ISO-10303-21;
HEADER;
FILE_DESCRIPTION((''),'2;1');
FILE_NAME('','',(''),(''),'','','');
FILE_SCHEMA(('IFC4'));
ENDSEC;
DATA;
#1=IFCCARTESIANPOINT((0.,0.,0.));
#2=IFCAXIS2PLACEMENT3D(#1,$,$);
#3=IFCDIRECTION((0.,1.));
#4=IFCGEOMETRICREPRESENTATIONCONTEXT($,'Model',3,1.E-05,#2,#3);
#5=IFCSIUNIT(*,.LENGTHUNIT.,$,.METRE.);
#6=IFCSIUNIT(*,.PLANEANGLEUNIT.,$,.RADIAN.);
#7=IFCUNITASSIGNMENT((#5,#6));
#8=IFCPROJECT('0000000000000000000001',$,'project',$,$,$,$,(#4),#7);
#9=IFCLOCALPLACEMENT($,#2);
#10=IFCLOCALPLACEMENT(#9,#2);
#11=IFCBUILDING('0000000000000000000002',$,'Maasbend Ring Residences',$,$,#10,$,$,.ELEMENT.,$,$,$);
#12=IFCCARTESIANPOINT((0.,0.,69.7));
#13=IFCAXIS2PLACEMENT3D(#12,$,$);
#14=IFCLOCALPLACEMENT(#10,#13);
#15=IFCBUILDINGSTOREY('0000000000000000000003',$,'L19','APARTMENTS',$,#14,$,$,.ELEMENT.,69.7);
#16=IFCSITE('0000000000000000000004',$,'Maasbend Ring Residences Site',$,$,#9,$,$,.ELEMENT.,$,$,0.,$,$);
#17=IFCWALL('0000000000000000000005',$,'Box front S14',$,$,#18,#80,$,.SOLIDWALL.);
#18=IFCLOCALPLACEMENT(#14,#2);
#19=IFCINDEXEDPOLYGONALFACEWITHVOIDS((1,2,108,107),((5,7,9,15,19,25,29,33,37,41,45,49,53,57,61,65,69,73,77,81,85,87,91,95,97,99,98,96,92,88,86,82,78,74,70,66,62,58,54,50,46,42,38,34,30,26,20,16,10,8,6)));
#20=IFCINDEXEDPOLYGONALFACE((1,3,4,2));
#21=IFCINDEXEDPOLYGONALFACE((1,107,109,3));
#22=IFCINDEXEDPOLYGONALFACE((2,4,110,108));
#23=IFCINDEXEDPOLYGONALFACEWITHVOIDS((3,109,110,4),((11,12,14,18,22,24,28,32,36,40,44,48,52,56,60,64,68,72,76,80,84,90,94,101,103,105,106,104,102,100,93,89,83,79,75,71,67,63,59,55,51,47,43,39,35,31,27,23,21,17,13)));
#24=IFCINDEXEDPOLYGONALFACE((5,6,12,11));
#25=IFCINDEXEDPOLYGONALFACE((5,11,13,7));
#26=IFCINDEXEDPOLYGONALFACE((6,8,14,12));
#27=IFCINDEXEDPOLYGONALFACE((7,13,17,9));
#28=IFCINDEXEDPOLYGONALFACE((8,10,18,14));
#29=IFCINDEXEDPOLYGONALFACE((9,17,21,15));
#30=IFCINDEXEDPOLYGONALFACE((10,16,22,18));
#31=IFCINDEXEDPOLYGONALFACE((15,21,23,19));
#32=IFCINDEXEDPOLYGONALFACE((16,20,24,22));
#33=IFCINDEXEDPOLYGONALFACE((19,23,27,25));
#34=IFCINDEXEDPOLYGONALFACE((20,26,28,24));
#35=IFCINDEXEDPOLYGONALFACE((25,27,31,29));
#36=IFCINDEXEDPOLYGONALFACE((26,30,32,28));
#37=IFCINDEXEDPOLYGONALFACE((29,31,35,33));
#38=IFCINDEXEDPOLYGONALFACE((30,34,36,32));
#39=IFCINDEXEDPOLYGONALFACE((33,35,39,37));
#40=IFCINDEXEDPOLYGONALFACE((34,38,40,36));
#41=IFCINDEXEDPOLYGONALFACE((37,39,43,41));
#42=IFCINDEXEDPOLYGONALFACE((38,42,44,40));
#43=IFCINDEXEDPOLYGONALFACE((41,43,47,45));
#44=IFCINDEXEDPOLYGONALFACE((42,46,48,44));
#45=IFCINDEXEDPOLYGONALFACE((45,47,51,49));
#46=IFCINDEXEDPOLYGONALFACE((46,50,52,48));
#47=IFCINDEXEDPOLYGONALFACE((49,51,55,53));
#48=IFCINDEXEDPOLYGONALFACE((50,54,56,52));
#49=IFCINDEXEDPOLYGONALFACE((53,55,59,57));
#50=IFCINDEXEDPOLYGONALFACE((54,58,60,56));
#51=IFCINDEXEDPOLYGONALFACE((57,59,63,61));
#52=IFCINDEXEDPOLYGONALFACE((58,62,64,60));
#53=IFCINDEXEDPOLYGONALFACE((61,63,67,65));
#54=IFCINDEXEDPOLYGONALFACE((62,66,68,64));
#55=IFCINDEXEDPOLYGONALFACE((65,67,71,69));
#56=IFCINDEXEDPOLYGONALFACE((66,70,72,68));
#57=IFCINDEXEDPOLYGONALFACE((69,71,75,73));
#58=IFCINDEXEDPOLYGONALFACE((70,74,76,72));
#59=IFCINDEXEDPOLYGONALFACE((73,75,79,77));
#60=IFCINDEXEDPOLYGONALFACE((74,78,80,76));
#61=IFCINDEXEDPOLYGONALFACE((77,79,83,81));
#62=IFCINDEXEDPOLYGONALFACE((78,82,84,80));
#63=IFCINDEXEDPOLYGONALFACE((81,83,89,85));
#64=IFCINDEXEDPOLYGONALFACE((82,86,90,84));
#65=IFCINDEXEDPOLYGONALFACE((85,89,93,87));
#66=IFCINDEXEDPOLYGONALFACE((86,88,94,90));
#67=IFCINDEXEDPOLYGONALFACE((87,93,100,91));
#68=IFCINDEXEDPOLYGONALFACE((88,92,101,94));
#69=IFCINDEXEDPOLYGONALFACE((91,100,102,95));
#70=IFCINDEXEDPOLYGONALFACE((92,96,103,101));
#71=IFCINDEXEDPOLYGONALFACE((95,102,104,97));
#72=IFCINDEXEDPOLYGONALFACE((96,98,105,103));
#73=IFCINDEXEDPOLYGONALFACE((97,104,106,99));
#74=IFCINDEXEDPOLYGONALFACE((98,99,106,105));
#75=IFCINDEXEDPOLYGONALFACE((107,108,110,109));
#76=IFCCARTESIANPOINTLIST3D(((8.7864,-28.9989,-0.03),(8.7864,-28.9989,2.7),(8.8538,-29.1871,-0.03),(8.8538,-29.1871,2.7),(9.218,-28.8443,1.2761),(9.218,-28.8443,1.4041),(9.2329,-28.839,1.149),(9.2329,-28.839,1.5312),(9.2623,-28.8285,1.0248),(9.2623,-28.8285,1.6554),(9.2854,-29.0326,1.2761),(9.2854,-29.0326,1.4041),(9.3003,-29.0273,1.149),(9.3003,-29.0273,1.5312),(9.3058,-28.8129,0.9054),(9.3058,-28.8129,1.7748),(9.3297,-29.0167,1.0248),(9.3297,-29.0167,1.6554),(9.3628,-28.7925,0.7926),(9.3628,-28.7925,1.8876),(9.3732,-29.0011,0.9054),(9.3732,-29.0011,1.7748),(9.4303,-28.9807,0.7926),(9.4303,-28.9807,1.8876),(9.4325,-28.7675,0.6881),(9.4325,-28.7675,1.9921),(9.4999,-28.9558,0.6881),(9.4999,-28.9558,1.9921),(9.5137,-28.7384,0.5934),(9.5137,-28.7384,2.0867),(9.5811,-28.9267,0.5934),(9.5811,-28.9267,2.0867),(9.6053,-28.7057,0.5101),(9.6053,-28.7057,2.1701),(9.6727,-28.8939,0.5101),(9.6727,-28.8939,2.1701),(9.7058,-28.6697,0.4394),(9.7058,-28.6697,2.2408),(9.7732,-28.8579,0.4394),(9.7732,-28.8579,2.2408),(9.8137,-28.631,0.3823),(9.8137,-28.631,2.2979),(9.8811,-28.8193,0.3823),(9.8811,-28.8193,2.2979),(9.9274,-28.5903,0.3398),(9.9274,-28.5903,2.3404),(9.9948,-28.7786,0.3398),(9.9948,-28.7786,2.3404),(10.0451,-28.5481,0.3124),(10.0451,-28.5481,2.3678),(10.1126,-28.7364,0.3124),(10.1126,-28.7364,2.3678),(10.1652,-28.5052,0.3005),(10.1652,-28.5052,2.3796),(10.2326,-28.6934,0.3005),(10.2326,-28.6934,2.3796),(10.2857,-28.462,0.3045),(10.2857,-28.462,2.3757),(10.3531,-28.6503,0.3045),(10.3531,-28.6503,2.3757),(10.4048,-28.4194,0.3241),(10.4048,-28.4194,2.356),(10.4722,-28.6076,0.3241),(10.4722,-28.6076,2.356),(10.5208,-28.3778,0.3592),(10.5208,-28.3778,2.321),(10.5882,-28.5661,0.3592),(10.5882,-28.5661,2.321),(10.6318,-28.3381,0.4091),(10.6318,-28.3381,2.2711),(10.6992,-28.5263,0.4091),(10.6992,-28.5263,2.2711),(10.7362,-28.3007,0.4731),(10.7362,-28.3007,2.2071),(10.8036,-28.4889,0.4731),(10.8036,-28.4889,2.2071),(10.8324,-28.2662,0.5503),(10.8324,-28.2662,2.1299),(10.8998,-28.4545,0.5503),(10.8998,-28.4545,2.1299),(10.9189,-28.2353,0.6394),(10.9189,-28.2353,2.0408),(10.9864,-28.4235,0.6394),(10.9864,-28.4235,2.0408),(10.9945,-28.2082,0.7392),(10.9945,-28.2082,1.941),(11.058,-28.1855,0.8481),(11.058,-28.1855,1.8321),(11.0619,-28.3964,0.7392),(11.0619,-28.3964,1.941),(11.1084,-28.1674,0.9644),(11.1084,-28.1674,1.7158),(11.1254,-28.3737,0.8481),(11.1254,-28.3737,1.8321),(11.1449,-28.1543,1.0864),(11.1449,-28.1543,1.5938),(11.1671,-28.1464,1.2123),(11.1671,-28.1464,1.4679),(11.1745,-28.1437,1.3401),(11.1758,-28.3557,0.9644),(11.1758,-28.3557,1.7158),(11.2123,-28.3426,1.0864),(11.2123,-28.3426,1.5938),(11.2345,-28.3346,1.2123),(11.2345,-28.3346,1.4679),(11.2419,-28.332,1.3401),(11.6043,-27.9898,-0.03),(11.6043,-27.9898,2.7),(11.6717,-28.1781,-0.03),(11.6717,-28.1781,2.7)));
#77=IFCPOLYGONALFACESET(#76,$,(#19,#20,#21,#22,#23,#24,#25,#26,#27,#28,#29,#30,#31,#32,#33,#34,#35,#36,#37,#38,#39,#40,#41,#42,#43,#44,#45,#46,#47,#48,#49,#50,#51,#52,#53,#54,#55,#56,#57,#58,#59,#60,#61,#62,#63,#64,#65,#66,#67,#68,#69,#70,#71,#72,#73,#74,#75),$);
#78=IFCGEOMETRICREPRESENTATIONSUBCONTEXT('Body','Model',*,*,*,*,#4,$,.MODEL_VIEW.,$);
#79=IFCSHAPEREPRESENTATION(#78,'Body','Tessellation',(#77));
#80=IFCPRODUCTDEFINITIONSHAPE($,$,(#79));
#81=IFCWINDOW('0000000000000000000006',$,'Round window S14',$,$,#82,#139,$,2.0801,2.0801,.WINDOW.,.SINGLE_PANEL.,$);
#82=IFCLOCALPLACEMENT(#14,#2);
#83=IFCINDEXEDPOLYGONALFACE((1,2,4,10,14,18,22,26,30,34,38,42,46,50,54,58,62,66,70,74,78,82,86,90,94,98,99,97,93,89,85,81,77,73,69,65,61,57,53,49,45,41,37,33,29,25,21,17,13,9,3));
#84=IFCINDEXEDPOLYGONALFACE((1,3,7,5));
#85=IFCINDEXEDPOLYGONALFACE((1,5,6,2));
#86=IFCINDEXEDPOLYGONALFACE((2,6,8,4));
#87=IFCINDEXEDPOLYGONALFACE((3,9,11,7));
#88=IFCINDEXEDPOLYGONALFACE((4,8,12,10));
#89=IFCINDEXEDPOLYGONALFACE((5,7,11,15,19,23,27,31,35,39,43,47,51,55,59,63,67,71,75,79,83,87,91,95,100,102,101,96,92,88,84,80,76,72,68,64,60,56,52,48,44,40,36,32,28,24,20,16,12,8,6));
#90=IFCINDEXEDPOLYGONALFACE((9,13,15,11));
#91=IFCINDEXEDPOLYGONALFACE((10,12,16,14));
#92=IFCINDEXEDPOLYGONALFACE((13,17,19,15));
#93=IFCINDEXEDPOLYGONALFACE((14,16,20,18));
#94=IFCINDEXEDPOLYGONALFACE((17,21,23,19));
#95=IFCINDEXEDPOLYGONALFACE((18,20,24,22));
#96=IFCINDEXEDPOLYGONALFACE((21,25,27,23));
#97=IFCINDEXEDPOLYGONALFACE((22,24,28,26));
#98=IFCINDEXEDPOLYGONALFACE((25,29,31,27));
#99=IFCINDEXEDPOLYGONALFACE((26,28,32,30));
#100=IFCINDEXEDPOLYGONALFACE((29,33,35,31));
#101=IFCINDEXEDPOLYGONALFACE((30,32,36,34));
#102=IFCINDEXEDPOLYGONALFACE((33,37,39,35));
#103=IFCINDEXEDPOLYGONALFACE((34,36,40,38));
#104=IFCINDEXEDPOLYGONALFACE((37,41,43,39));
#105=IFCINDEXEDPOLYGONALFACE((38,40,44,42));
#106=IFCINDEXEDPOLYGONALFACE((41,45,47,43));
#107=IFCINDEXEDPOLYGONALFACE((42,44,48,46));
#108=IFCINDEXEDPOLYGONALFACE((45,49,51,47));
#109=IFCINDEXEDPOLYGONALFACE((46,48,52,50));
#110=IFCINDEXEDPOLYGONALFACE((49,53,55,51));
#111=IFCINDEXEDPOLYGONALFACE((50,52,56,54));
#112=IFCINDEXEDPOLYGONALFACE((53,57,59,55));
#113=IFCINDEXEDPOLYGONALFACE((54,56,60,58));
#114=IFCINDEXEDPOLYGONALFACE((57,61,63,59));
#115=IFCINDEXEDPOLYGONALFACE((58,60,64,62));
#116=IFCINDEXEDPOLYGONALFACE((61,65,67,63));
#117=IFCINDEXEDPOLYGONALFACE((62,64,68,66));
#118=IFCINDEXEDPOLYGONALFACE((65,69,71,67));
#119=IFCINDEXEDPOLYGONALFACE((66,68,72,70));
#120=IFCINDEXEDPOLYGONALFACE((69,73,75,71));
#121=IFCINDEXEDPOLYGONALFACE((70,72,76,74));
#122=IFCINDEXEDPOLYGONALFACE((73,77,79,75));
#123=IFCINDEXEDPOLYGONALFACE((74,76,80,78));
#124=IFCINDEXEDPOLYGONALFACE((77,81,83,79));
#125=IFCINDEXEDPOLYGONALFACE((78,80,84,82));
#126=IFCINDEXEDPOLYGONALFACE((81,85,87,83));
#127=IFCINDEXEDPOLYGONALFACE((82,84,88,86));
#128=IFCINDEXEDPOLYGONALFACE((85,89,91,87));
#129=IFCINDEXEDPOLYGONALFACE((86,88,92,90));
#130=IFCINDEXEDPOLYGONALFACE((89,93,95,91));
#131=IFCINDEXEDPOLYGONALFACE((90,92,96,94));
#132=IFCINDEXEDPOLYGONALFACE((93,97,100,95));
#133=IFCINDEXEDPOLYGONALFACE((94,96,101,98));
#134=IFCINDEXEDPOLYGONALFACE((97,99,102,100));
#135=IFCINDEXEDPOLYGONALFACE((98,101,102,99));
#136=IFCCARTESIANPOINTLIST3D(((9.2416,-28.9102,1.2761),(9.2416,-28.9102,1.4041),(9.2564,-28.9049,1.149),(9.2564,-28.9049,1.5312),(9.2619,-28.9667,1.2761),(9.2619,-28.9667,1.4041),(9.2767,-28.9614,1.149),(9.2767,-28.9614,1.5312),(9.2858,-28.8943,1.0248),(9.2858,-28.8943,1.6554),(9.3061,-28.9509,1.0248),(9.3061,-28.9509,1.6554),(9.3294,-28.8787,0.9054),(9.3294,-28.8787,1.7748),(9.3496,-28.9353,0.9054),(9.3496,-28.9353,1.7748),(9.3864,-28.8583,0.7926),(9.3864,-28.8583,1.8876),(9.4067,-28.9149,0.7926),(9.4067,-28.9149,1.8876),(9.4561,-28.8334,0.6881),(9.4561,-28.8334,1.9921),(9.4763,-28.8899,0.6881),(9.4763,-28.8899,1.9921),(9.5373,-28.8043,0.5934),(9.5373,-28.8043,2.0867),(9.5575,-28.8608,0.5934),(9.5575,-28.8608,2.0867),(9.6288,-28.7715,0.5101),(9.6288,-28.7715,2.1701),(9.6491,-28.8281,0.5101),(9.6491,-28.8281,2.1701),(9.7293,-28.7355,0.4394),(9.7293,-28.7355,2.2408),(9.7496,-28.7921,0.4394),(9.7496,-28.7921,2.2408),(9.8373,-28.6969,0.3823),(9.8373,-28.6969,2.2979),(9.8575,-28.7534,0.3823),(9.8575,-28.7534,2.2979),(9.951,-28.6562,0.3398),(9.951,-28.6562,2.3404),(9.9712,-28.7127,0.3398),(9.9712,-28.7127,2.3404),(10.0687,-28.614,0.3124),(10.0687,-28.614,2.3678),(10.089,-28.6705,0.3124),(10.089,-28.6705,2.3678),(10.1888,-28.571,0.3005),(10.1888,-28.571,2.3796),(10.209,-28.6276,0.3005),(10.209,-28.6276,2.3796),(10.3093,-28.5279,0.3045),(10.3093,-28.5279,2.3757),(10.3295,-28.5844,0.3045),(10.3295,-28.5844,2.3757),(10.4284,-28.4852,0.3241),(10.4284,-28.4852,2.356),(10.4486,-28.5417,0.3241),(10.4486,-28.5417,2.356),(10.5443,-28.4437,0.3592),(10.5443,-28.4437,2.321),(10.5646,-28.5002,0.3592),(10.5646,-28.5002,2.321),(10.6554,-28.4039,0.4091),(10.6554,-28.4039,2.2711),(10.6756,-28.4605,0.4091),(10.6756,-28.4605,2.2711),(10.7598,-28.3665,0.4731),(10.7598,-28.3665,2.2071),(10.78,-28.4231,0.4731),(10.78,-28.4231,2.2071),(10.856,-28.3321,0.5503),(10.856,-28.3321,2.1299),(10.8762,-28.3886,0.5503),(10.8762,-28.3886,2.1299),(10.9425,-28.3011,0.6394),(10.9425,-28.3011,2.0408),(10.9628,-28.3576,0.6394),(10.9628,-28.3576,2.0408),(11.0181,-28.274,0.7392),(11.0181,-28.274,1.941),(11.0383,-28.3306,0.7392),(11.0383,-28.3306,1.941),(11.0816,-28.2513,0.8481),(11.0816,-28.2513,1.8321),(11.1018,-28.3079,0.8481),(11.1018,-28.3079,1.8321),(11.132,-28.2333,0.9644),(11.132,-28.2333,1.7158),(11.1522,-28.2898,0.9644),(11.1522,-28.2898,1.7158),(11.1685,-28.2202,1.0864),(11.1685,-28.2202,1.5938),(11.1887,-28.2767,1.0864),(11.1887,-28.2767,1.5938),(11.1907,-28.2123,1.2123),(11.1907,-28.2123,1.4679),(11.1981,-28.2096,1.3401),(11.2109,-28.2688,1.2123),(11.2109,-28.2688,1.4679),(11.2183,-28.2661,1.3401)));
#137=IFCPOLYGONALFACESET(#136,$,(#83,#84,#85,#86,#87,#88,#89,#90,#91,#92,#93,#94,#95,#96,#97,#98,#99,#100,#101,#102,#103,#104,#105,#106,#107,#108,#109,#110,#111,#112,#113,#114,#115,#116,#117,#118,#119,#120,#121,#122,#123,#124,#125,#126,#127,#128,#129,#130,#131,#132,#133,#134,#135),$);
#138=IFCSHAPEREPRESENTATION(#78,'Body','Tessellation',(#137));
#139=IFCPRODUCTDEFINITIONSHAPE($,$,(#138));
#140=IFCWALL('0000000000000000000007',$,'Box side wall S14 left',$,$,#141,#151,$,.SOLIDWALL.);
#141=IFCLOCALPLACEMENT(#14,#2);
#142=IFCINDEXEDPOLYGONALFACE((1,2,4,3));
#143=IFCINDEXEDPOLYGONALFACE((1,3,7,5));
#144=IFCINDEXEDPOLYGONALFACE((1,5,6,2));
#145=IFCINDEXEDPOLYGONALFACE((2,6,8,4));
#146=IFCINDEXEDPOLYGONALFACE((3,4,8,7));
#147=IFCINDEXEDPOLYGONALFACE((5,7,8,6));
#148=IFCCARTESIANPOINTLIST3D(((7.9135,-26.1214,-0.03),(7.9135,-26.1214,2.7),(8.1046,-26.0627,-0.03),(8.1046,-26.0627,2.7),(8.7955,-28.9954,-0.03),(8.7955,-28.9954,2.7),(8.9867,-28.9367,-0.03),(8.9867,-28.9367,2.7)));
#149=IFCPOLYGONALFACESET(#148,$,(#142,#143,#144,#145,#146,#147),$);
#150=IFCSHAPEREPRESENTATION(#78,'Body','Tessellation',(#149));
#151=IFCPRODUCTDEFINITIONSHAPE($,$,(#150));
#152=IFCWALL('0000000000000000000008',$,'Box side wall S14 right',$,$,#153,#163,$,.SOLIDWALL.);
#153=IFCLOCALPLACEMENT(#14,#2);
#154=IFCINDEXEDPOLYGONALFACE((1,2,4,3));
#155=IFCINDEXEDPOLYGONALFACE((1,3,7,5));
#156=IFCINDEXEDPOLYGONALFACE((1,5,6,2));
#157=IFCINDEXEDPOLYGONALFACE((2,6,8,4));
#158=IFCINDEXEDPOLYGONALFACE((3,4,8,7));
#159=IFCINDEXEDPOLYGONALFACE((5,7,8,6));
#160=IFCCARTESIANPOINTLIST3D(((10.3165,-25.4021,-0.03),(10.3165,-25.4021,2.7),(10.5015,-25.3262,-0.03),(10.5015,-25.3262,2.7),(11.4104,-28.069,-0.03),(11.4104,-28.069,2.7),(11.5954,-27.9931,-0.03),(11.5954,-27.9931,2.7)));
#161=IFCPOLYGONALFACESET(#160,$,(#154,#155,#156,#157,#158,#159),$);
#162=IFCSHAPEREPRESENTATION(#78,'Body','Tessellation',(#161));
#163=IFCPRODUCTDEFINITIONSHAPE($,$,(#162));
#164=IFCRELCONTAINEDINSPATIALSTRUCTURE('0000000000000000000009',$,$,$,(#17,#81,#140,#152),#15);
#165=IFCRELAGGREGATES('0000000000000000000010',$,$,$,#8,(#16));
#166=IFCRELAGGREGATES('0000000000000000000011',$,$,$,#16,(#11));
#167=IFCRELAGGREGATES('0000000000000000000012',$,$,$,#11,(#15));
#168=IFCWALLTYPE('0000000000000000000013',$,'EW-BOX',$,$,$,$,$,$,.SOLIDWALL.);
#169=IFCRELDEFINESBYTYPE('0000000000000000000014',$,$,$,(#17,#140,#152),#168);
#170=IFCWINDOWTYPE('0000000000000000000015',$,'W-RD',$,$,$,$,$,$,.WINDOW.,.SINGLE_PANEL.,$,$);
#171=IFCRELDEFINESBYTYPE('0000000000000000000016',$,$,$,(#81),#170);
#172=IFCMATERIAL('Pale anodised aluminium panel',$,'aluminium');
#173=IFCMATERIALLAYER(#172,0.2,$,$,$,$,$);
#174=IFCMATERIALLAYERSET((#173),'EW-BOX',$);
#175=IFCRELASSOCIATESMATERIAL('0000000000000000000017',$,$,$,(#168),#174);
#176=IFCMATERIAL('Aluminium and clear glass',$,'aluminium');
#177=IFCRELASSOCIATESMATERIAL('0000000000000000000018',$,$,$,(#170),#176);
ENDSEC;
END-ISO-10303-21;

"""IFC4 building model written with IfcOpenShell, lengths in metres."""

from ifc_helpers import new_model, si_unit, direction, frame, frame_2d, origin, place, context, subcontext, project, spatial, rectangle, circle, extrude, material, layer, layer_set, type_object, element, fill, save


model = new_model("IFC4")

# Units and contexts
model_context = context("Model", 3, precision=1e-05, world=origin(), true_north=direction((0.0, 1.0)))
body_context = subcontext(model_context, "Body", "Model", "MODEL_VIEW")
ifc_project = project(units=[si_unit("LENGTHUNIT", "METRE"), si_unit("PLANEANGLEUNIT", "RADIAN")], contexts=[model_context])

# Site, building, storey
site_placement = place(None, origin())
site = spatial("IfcSite", under=ifc_project, at=site_placement, Name="Maasbend Ring Residences Site", CompositionType="ELEMENT", RefElevation=0.0)
building_placement = place(site_placement, origin())
building = spatial("IfcBuilding", under=site, at=building_placement, Name="Maasbend Ring Residences", CompositionType="ELEMENT")
storey_placement = place(building_placement, frame((0.0, 0.0, 69.7)))
storey = spatial("IfcBuildingStorey", under=building, at=storey_placement, Name="L19", Description="APARTMENTS", CompositionType="ELEMENT", Elevation=69.7)

# Shared definitions
ifc_material_1 = material(Name="Pale anodised aluminium panel", Category="aluminium")
ifc_layer_1 = layer(ifc_material_1, 0.2)
ifc_layer_set_1 = layer_set([ifc_layer_1], Name="EW-BOX")
wall_type_1 = type_object("IfcWallType", Name="EW-BOX", PredefinedType="SOLIDWALL", material=ifc_layer_set_1)
ifc_material_2 = material(Name="Aluminium and clear glass", Category="aluminium")
window_type_1 = type_object("IfcWindowType", Name="W-RD", PartitioningType="SINGLE_PANEL", PredefinedType="WINDOW", material=ifc_material_2)

# Wall, opening, window
wall_1_placement = place(storey_placement, frame((8.8201, -29.093, -0.03), z_axis=(0.0, 0.0, 1.0), x_axis=(0.941461, 0.337122, 0.0)))
wall_1 = element("IfcWall", 1, at=wall_1_placement, inside=storey, type_object=wall_type_1, Name="Box front S14", PredefinedType="SOLIDWALL", context=body_context, shape_type="SweptSolid", body=[
    extrude(rectangle(XDim=2.9932, YDim=0.2, at=frame_2d((1.4966, 0.0))), origin(), (0.0, 0.0, 1.0), 2.73),
])
opening_1_placement = place(wall_1_placement, frame((0.4565, 0.0, 0.3301)))
opening_1 = element("IfcOpeningElement", 2, at=opening_1_placement, cuts=wall_1, PredefinedType="OPENING", context=body_context, shape_type="SweptSolid", body=[
    extrude(circle(Radius=1.04, at=frame_2d((1.04, 1.04))), frame((0.0, 0.1099, 0.0), z_axis=(0.0, -1.0, 0.0), x_axis=(1.0, 0.0, 0.0)), (0.0, 0.0, 1.0), 0.22),
])
window_1_placement = place(opening_1_placement, origin())
window_1 = element("IfcWindow", 3, at=window_1_placement, inside=storey, type_object=window_type_1, Name="Round window S14", OverallHeight=2.0801, OverallWidth=2.0801, PartitioningType="SINGLE_PANEL", PredefinedType="WINDOW", context=body_context, shape_type="SweptSolid", body=[
    extrude(circle(Radius=1.04, at=frame_2d((1.04, 1.04))), frame((0.0, 0.03, 0.0), z_axis=(0.0, -1.0, 0.0), x_axis=(1.0, 0.0, 0.0)), (0.0, 0.0, 1.0), 0.0601),
])
fill(opening_1, window_1)

# Walls
wall_2_placement = place(storey_placement, frame((8.009, -26.092, -0.03), z_axis=(0.0, 0.0, 1.0), x_axis=(0.293407, -0.955988, 0.0)))
element("IfcWall", 4, at=wall_2_placement, inside=storey, type_object=wall_type_1, Name="Box side wall S14 left", PredefinedType="SOLIDWALL", context=body_context, shape_type="SweptSolid", body=[
    extrude(rectangle(XDim=3.0063, YDim=0.2, at=frame_2d((1.5032, 0.0))), origin(), (0.0, 0.0, 1.0), 2.73),
])
wall_3_placement = place(storey_placement, frame((10.4089, -25.364, -0.03), z_axis=(0.0, 0.0, 1.0), x_axis=(0.37951, -0.925188, 0.0)))
element("IfcWall", 5, at=wall_3_placement, inside=storey, type_object=wall_type_1, Name="Box side wall S14 right", PredefinedType="SOLIDWALL", context=body_context, shape_type="SweptSolid", body=[
    extrude(rectangle(XDim=2.8826, YDim=0.2, at=frame_2d((1.4414, 0.0))), origin(), (0.0, 0.0, 1.0), 2.73),
])

save(model, "model.ifc")
